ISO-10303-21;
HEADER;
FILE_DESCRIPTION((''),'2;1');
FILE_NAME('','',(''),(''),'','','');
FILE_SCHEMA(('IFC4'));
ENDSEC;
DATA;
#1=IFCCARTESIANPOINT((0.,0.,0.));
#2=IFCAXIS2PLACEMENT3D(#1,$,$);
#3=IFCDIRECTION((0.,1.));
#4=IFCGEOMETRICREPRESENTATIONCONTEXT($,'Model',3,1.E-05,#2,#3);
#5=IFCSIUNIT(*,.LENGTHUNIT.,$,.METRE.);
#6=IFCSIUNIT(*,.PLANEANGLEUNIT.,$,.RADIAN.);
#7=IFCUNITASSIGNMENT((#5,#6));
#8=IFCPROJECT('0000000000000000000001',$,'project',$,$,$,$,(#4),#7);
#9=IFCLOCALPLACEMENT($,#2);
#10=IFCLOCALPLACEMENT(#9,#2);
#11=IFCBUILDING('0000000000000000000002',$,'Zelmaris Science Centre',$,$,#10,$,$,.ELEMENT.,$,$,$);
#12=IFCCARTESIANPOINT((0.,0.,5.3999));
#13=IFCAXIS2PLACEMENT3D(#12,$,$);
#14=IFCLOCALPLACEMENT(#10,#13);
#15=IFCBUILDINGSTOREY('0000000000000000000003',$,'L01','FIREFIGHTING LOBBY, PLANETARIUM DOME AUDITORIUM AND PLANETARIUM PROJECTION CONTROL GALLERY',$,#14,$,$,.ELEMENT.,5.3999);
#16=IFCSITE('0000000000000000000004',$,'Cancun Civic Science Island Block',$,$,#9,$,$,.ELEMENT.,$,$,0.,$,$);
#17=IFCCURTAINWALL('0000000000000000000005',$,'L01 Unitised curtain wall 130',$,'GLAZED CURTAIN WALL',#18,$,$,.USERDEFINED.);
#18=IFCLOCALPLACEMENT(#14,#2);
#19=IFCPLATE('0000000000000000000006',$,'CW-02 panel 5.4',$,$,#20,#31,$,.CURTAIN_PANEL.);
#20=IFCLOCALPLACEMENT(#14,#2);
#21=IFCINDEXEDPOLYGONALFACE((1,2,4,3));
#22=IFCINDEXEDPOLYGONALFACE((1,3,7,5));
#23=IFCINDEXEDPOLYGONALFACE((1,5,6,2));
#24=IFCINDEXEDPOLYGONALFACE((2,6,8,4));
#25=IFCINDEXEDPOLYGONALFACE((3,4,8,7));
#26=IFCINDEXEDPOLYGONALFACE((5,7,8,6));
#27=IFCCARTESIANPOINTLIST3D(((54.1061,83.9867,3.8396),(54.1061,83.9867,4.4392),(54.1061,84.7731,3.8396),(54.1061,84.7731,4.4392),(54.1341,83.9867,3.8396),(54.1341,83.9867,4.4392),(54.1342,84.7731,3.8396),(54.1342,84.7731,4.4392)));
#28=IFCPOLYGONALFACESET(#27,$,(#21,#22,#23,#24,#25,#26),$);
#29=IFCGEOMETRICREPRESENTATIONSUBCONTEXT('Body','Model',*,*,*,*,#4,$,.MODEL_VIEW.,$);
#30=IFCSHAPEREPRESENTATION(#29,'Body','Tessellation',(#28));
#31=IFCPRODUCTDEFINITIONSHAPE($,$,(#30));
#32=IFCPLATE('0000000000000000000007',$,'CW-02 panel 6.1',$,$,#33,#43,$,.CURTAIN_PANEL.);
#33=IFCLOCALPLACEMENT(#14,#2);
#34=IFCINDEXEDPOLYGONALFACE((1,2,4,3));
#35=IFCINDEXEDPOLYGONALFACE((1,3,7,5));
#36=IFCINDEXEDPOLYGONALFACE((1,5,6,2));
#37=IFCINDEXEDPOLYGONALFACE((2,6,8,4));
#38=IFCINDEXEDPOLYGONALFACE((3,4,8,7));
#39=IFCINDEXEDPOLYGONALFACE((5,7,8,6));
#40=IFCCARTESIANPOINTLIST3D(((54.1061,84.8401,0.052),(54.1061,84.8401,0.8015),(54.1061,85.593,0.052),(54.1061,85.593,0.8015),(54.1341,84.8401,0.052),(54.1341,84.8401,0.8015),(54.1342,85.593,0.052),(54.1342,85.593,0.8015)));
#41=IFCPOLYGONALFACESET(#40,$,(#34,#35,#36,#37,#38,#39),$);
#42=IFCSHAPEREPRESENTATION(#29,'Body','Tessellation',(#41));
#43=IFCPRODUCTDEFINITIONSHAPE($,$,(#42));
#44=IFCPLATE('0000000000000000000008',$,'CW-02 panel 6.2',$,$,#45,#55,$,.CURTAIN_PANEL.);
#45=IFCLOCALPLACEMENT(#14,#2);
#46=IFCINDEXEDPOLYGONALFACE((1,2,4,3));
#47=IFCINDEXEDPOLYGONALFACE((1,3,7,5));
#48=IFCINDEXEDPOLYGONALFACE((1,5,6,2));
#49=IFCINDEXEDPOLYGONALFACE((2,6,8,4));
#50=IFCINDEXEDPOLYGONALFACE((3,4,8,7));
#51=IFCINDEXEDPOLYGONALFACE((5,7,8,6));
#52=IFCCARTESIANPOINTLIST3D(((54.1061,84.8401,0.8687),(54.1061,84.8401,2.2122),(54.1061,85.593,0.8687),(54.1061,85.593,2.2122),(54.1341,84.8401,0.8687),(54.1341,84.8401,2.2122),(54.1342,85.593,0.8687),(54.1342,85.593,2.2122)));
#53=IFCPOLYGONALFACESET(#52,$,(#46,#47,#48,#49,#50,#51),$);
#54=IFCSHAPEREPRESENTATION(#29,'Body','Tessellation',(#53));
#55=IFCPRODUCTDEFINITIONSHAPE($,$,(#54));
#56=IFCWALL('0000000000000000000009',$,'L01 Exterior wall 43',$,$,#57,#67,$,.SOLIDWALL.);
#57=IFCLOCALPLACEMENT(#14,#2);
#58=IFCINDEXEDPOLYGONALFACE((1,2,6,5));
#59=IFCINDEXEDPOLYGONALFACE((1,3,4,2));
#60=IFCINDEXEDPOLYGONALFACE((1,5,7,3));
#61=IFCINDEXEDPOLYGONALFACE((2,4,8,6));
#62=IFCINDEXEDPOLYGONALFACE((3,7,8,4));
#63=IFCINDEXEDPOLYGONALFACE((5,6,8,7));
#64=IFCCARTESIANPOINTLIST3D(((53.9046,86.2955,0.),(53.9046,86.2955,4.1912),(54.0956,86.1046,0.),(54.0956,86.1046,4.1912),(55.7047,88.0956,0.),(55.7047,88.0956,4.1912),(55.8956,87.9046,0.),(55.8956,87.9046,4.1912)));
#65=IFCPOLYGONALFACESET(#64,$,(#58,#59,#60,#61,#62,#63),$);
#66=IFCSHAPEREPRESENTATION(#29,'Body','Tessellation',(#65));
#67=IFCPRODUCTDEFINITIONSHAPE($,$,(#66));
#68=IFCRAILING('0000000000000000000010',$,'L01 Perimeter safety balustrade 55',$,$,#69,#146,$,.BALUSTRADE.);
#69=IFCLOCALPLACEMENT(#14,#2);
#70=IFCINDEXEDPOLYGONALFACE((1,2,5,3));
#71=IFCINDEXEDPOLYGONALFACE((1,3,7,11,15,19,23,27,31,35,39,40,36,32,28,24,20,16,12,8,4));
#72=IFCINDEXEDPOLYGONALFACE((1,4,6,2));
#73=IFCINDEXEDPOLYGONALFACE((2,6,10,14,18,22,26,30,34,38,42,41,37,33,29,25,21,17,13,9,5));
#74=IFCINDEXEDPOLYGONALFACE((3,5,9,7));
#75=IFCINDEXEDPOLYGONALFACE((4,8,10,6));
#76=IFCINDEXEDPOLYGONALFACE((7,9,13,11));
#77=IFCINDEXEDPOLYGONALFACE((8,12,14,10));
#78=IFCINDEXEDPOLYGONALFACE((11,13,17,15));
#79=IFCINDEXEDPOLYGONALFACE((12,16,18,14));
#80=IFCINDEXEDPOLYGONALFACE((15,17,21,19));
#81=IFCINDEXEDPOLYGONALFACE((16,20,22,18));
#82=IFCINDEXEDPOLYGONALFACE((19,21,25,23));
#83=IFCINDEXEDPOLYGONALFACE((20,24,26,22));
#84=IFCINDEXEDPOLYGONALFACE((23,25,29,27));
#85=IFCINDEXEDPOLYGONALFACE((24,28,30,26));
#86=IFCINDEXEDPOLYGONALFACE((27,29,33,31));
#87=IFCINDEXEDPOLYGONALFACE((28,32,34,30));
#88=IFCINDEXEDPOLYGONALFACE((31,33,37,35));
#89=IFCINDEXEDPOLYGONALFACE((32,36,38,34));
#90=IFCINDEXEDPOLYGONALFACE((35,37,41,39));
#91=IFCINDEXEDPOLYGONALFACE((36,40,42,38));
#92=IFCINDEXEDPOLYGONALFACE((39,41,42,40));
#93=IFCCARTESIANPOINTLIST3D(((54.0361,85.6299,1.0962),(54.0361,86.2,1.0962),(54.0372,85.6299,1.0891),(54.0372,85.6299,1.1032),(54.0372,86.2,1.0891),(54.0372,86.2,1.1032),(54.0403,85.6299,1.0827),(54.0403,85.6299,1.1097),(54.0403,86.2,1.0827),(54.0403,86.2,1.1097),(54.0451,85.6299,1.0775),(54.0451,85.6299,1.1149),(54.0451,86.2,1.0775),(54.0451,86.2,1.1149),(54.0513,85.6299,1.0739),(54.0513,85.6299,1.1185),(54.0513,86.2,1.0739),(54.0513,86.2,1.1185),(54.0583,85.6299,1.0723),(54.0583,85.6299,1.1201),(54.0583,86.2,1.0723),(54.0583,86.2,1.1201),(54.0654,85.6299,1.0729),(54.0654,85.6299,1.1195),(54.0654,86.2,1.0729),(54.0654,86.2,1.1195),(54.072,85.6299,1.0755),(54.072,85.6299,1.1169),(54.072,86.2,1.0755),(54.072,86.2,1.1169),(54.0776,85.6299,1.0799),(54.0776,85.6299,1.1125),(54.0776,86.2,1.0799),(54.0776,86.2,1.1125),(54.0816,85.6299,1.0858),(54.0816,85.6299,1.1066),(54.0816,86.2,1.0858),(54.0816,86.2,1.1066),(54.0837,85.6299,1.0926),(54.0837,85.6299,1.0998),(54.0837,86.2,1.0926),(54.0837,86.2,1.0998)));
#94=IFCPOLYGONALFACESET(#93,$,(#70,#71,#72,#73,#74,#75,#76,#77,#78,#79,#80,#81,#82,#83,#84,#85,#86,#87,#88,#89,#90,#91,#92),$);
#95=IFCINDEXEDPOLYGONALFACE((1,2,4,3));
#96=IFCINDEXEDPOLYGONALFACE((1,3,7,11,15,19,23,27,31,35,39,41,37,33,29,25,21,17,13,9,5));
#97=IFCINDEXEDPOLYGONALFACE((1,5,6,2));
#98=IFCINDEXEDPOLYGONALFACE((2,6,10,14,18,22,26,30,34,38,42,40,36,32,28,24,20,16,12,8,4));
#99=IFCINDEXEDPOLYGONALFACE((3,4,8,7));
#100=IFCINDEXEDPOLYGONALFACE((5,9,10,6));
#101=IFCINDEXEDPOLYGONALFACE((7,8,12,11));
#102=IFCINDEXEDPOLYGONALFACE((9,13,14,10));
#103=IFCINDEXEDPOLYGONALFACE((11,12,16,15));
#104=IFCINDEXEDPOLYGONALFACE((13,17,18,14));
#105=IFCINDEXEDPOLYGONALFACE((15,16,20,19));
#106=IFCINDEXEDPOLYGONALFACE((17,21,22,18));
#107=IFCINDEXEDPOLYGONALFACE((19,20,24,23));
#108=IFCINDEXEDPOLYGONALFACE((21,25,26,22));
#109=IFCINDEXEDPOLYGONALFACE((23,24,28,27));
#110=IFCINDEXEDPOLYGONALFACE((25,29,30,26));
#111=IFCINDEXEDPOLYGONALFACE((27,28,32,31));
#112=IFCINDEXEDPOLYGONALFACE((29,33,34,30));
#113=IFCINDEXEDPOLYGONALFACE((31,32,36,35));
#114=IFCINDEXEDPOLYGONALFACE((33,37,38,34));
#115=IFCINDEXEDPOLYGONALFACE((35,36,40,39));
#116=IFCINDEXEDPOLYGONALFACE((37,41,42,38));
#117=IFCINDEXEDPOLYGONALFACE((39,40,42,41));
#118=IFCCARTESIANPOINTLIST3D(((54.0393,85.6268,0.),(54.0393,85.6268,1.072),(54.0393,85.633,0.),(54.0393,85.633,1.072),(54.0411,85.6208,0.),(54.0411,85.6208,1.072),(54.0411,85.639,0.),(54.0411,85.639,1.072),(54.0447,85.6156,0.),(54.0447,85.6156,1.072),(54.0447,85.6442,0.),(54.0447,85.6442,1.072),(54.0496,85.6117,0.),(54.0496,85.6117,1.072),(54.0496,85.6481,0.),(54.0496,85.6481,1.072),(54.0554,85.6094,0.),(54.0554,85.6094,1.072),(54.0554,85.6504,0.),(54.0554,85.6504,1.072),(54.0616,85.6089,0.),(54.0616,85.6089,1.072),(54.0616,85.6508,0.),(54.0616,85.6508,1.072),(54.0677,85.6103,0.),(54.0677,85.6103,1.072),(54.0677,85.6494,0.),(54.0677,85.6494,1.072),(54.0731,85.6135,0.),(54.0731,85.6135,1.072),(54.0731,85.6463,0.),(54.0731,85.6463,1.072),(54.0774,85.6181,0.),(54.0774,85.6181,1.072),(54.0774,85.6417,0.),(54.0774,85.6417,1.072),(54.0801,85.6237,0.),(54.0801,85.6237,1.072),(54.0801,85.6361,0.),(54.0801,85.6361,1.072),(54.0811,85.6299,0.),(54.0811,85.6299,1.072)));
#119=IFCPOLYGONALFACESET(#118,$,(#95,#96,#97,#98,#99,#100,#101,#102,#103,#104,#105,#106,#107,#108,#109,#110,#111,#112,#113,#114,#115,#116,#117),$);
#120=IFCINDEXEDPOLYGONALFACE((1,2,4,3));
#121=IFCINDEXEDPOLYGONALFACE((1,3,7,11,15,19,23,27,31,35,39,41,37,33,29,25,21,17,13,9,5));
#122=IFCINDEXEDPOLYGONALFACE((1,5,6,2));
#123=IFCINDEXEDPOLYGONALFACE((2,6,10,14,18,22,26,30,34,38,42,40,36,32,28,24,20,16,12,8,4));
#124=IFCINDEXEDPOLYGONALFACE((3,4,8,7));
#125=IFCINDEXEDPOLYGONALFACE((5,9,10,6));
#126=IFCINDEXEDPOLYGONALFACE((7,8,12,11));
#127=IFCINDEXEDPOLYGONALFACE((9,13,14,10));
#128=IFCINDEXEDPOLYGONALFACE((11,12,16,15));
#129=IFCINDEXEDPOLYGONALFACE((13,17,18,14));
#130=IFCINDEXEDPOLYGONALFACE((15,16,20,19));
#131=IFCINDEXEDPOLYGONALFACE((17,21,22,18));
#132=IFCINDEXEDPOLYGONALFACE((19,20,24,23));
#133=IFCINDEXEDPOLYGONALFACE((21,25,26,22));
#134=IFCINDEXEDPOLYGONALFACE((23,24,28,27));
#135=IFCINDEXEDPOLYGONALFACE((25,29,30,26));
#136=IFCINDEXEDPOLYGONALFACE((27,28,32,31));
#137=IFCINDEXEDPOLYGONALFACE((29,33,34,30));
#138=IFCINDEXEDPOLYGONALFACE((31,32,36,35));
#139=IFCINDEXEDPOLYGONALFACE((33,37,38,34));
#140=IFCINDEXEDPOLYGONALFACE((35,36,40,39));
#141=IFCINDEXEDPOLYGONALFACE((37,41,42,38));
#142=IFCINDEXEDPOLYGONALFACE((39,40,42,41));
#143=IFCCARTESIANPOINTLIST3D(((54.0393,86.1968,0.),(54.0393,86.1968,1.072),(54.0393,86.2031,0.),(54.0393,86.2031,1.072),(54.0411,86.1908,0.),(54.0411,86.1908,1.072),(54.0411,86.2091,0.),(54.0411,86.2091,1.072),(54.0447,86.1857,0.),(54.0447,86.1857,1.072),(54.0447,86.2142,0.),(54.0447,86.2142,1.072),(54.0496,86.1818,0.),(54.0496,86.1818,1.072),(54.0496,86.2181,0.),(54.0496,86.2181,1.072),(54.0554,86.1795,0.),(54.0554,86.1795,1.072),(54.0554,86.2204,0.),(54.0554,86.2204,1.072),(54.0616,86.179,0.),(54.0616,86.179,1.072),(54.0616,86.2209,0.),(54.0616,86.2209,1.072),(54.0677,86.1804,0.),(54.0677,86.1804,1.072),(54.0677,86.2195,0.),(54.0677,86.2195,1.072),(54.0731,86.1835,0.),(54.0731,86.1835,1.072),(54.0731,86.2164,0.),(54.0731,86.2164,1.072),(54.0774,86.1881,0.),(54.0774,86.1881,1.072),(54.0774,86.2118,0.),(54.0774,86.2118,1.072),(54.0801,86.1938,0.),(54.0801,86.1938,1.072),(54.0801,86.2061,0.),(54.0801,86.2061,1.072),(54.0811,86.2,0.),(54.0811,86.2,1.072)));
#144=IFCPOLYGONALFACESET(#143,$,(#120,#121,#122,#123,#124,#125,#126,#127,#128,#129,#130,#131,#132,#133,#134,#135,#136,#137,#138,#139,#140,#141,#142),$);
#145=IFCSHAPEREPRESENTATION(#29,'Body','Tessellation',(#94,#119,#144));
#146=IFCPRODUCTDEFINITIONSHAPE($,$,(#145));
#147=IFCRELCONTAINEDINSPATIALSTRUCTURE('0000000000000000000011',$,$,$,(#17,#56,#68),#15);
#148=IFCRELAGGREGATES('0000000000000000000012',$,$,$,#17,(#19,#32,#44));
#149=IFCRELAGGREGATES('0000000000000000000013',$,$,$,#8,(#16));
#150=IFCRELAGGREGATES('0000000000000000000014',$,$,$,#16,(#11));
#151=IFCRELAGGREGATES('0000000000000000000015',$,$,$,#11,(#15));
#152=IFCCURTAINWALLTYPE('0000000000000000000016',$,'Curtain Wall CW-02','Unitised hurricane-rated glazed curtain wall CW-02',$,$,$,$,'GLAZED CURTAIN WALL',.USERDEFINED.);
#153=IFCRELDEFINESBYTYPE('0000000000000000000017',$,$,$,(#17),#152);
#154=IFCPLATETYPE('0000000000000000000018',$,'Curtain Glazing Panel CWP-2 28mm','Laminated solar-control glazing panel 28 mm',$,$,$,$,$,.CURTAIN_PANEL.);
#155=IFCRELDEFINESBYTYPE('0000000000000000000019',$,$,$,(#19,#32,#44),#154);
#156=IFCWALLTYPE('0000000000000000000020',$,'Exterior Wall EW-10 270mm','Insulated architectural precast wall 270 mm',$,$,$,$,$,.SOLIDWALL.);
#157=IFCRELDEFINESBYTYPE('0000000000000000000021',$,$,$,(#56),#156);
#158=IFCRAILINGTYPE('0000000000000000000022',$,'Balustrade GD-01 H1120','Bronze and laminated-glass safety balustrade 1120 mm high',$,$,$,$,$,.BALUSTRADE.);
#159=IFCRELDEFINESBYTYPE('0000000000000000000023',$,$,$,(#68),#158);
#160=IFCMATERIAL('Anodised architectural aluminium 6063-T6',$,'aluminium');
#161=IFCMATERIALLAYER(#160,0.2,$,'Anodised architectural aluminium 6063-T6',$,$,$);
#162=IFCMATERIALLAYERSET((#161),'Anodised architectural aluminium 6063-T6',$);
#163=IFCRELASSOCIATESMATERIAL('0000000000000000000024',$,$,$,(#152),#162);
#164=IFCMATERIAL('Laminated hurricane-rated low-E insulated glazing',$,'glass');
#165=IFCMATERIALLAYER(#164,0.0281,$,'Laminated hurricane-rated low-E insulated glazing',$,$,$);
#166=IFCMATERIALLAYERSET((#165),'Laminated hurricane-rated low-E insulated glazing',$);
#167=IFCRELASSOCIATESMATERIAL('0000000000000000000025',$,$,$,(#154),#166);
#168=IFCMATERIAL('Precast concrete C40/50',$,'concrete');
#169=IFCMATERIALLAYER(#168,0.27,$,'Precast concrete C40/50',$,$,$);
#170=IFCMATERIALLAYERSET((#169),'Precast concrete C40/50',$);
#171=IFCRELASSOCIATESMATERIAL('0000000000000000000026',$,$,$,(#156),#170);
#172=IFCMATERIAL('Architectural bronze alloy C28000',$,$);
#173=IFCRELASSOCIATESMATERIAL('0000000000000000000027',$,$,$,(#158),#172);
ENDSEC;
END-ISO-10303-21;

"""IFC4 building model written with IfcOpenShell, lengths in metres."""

from ifc_helpers import new_model, si_unit, direction, frame, frame_2d, origin, origin_2d, place, context, subcontext, project, spatial, rectangle, circle, extrude, material, layer, layer_set, type_object, element, aggregate, save


model = new_model("IFC4")

# Units and contexts
model_context = context("Model", 3, precision=1e-05, world=origin(), true_north=direction((0.0, 1.0)))
body_context = subcontext(model_context, "Body", "Model", "MODEL_VIEW")
ifc_project = project(units=[si_unit("LENGTHUNIT", "METRE"), si_unit("PLANEANGLEUNIT", "RADIAN")], contexts=[model_context])

# Site, building, storey
site_placement = place(None, origin())
site = spatial("IfcSite", under=ifc_project, at=site_placement, Name="Cancun Civic Science Island Block", CompositionType="ELEMENT", RefElevation=0.0)
building_placement = place(site_placement, origin())
building = spatial("IfcBuilding", under=site, at=building_placement, Name="Zelmaris Science Centre", CompositionType="ELEMENT")
storey_placement = place(building_placement, frame((0.0, 0.0, 5.3999)))
storey = spatial("IfcBuildingStorey", under=building, at=storey_placement, Name="L01", Description="FIREFIGHTING LOBBY, PLANETARIUM DOME AUDITORIUM AND PLANETARIUM PROJECTION CONTROL GALLERY", CompositionType="ELEMENT", Elevation=5.3999)

# Curtain wall
ifc_material_1 = material(Name="Anodised architectural aluminium 6063-T6", Category="aluminium")
ifc_layer_1 = layer(ifc_material_1, 0.2, Name="Anodised architectural aluminium 6063-T6")
ifc_layer_set_1 = layer_set([ifc_layer_1], Name="Anodised architectural aluminium 6063-T6")
curtain_wall_type = type_object("IfcCurtainWallType", Name="Curtain Wall CW-02", Description="Unitised hurricane-rated glazed curtain wall CW-02", ElementType="GLAZED CURTAIN WALL", PredefinedType="USERDEFINED", material=ifc_layer_set_1)
curtain_wall_placement = place(storey_placement, origin())
curtain_wall = element("IfcCurtainWall", 1, at=curtain_wall_placement, inside=storey, type_object=curtain_wall_type, Name="L01 Unitised curtain wall 130", ObjectType="GLAZED CURTAIN WALL", PredefinedType="USERDEFINED")

# Plates
ifc_material_2 = material(Name="Laminated hurricane-rated low-E insulated glazing", Category="glass")
ifc_layer_2 = layer(ifc_material_2, 0.0281, Name="Laminated hurricane-rated low-E insulated glazing")
ifc_layer_set_2 = layer_set([ifc_layer_2], Name="Laminated hurricane-rated low-E insulated glazing")
plate_type = type_object("IfcPlateType", Name="Curtain Glazing Panel CWP-2 28mm", Description="Laminated solar-control glazing panel 28 mm", PredefinedType="CURTAIN_PANEL", material=ifc_layer_set_2)
plate_1_placement = place(storey_placement, frame((54.1201, 84.3799, 3.8396), z_axis=(0.0, 0.0, 1.0), x_axis=(0.00002, 1.0, 0.0)))
plate_1 = element("IfcPlate", 2, at=plate_1_placement, type_object=plate_type, Name="CW-02 panel 5.4", PredefinedType="CURTAIN_PANEL", context=body_context, shape_type="SweptSolid", body=[
    extrude(rectangle(XDim=0.7864, YDim=0.0281, at=origin_2d()), origin(), (0.0, 0.0, 1.0), 0.5996),
])
plate_2_placement = place(storey_placement, frame((54.1201, 85.2166, 0.052), z_axis=(0.0, 0.0, 1.0), x_axis=(0.00002, 1.0, 0.0)))
plate_2 = element("IfcPlate", 3, at=plate_2_placement, type_object=plate_type, Name="CW-02 panel 6.1", PredefinedType="CURTAIN_PANEL", context=body_context, shape_type="SweptSolid", body=[
    extrude(rectangle(XDim=0.7529, YDim=0.0281, at=origin_2d()), origin(), (0.0, 0.0, 1.0), 0.7495),
])
plate_3_placement = place(storey_placement, frame((54.1201, 85.2166, 0.8687), z_axis=(0.0, 0.0, 1.0), x_axis=(0.00002, 1.0, 0.0)))
plate_3 = element("IfcPlate", 4, at=plate_3_placement, type_object=plate_type, Name="CW-02 panel 6.2", PredefinedType="CURTAIN_PANEL", context=body_context, shape_type="SweptSolid", body=[
    extrude(rectangle(XDim=0.7529, YDim=0.0281, at=origin_2d()), origin(), (0.0, 0.0, 1.0), 1.3435),
])
aggregate(curtain_wall, [plate_1, plate_2, plate_3])

# Wall
ifc_material_3 = material(Name="Precast concrete C40/50", Category="concrete")
ifc_layer_3 = layer(ifc_material_3, 0.27, Name="Precast concrete C40/50")
ifc_layer_set_3 = layer_set([ifc_layer_3], Name="Precast concrete C40/50")
wall_type = type_object("IfcWallType", Name="Exterior Wall EW-10 270mm", Description="Insulated architectural precast wall 270 mm", PredefinedType="SOLIDWALL", material=ifc_layer_set_3)
wall_placement = place(storey_placement, frame((54.0, 86.2, 0.0), z_axis=(0.0, 0.0, 1.0), x_axis=(0.707107, 0.707107, 0.0)))
element("IfcWall", 5, at=wall_placement, inside=storey, type_object=wall_type, Name="L01 Exterior wall 43", PredefinedType="SOLIDWALL", context=body_context, shape_type="SweptSolid", body=[
    extrude(rectangle(XDim=2.5457, YDim=0.27, at=frame_2d((1.2729, 0.0))), origin(), (0.0, 0.0, 1.0), 4.1912),
])

# Railing
ifc_material_4 = material(Name="Architectural bronze alloy C28000")
railing_type = type_object("IfcRailingType", Name="Balustrade GD-01 H1120", Description="Bronze and laminated-glass safety balustrade 1120 mm high", PredefinedType="BALUSTRADE", material=ifc_material_4)
railing_placement = place(storey_placement, frame((54.0601, 85.6299, 0.0)))
element("IfcRailing", 6, at=railing_placement, inside=storey, type_object=railing_type, Name="L01 Perimeter safety balustrade 55", PredefinedType="BALUSTRADE", context=body_context, shape_type="SweptSolid", body=[
    extrude(circle(Radius=0.0239, at=origin_2d()), frame((0.0, 0.0, 1.0962), z_axis=(0.0, 1.0, 0.0), x_axis=(-1.0, 0.0, 0.0)), (0.0, 0.0, 1.0), 0.5701),
    extrude(circle(Radius=0.021, at=origin_2d()), origin(), (0.0, 0.0, 1.0), 1.072),
    extrude(circle(Radius=0.021, at=origin_2d()), frame((0.0, 0.5701, 0.0)), (0.0, 0.0, 1.0), 1.072),
])

save(model, "model.ifc")
